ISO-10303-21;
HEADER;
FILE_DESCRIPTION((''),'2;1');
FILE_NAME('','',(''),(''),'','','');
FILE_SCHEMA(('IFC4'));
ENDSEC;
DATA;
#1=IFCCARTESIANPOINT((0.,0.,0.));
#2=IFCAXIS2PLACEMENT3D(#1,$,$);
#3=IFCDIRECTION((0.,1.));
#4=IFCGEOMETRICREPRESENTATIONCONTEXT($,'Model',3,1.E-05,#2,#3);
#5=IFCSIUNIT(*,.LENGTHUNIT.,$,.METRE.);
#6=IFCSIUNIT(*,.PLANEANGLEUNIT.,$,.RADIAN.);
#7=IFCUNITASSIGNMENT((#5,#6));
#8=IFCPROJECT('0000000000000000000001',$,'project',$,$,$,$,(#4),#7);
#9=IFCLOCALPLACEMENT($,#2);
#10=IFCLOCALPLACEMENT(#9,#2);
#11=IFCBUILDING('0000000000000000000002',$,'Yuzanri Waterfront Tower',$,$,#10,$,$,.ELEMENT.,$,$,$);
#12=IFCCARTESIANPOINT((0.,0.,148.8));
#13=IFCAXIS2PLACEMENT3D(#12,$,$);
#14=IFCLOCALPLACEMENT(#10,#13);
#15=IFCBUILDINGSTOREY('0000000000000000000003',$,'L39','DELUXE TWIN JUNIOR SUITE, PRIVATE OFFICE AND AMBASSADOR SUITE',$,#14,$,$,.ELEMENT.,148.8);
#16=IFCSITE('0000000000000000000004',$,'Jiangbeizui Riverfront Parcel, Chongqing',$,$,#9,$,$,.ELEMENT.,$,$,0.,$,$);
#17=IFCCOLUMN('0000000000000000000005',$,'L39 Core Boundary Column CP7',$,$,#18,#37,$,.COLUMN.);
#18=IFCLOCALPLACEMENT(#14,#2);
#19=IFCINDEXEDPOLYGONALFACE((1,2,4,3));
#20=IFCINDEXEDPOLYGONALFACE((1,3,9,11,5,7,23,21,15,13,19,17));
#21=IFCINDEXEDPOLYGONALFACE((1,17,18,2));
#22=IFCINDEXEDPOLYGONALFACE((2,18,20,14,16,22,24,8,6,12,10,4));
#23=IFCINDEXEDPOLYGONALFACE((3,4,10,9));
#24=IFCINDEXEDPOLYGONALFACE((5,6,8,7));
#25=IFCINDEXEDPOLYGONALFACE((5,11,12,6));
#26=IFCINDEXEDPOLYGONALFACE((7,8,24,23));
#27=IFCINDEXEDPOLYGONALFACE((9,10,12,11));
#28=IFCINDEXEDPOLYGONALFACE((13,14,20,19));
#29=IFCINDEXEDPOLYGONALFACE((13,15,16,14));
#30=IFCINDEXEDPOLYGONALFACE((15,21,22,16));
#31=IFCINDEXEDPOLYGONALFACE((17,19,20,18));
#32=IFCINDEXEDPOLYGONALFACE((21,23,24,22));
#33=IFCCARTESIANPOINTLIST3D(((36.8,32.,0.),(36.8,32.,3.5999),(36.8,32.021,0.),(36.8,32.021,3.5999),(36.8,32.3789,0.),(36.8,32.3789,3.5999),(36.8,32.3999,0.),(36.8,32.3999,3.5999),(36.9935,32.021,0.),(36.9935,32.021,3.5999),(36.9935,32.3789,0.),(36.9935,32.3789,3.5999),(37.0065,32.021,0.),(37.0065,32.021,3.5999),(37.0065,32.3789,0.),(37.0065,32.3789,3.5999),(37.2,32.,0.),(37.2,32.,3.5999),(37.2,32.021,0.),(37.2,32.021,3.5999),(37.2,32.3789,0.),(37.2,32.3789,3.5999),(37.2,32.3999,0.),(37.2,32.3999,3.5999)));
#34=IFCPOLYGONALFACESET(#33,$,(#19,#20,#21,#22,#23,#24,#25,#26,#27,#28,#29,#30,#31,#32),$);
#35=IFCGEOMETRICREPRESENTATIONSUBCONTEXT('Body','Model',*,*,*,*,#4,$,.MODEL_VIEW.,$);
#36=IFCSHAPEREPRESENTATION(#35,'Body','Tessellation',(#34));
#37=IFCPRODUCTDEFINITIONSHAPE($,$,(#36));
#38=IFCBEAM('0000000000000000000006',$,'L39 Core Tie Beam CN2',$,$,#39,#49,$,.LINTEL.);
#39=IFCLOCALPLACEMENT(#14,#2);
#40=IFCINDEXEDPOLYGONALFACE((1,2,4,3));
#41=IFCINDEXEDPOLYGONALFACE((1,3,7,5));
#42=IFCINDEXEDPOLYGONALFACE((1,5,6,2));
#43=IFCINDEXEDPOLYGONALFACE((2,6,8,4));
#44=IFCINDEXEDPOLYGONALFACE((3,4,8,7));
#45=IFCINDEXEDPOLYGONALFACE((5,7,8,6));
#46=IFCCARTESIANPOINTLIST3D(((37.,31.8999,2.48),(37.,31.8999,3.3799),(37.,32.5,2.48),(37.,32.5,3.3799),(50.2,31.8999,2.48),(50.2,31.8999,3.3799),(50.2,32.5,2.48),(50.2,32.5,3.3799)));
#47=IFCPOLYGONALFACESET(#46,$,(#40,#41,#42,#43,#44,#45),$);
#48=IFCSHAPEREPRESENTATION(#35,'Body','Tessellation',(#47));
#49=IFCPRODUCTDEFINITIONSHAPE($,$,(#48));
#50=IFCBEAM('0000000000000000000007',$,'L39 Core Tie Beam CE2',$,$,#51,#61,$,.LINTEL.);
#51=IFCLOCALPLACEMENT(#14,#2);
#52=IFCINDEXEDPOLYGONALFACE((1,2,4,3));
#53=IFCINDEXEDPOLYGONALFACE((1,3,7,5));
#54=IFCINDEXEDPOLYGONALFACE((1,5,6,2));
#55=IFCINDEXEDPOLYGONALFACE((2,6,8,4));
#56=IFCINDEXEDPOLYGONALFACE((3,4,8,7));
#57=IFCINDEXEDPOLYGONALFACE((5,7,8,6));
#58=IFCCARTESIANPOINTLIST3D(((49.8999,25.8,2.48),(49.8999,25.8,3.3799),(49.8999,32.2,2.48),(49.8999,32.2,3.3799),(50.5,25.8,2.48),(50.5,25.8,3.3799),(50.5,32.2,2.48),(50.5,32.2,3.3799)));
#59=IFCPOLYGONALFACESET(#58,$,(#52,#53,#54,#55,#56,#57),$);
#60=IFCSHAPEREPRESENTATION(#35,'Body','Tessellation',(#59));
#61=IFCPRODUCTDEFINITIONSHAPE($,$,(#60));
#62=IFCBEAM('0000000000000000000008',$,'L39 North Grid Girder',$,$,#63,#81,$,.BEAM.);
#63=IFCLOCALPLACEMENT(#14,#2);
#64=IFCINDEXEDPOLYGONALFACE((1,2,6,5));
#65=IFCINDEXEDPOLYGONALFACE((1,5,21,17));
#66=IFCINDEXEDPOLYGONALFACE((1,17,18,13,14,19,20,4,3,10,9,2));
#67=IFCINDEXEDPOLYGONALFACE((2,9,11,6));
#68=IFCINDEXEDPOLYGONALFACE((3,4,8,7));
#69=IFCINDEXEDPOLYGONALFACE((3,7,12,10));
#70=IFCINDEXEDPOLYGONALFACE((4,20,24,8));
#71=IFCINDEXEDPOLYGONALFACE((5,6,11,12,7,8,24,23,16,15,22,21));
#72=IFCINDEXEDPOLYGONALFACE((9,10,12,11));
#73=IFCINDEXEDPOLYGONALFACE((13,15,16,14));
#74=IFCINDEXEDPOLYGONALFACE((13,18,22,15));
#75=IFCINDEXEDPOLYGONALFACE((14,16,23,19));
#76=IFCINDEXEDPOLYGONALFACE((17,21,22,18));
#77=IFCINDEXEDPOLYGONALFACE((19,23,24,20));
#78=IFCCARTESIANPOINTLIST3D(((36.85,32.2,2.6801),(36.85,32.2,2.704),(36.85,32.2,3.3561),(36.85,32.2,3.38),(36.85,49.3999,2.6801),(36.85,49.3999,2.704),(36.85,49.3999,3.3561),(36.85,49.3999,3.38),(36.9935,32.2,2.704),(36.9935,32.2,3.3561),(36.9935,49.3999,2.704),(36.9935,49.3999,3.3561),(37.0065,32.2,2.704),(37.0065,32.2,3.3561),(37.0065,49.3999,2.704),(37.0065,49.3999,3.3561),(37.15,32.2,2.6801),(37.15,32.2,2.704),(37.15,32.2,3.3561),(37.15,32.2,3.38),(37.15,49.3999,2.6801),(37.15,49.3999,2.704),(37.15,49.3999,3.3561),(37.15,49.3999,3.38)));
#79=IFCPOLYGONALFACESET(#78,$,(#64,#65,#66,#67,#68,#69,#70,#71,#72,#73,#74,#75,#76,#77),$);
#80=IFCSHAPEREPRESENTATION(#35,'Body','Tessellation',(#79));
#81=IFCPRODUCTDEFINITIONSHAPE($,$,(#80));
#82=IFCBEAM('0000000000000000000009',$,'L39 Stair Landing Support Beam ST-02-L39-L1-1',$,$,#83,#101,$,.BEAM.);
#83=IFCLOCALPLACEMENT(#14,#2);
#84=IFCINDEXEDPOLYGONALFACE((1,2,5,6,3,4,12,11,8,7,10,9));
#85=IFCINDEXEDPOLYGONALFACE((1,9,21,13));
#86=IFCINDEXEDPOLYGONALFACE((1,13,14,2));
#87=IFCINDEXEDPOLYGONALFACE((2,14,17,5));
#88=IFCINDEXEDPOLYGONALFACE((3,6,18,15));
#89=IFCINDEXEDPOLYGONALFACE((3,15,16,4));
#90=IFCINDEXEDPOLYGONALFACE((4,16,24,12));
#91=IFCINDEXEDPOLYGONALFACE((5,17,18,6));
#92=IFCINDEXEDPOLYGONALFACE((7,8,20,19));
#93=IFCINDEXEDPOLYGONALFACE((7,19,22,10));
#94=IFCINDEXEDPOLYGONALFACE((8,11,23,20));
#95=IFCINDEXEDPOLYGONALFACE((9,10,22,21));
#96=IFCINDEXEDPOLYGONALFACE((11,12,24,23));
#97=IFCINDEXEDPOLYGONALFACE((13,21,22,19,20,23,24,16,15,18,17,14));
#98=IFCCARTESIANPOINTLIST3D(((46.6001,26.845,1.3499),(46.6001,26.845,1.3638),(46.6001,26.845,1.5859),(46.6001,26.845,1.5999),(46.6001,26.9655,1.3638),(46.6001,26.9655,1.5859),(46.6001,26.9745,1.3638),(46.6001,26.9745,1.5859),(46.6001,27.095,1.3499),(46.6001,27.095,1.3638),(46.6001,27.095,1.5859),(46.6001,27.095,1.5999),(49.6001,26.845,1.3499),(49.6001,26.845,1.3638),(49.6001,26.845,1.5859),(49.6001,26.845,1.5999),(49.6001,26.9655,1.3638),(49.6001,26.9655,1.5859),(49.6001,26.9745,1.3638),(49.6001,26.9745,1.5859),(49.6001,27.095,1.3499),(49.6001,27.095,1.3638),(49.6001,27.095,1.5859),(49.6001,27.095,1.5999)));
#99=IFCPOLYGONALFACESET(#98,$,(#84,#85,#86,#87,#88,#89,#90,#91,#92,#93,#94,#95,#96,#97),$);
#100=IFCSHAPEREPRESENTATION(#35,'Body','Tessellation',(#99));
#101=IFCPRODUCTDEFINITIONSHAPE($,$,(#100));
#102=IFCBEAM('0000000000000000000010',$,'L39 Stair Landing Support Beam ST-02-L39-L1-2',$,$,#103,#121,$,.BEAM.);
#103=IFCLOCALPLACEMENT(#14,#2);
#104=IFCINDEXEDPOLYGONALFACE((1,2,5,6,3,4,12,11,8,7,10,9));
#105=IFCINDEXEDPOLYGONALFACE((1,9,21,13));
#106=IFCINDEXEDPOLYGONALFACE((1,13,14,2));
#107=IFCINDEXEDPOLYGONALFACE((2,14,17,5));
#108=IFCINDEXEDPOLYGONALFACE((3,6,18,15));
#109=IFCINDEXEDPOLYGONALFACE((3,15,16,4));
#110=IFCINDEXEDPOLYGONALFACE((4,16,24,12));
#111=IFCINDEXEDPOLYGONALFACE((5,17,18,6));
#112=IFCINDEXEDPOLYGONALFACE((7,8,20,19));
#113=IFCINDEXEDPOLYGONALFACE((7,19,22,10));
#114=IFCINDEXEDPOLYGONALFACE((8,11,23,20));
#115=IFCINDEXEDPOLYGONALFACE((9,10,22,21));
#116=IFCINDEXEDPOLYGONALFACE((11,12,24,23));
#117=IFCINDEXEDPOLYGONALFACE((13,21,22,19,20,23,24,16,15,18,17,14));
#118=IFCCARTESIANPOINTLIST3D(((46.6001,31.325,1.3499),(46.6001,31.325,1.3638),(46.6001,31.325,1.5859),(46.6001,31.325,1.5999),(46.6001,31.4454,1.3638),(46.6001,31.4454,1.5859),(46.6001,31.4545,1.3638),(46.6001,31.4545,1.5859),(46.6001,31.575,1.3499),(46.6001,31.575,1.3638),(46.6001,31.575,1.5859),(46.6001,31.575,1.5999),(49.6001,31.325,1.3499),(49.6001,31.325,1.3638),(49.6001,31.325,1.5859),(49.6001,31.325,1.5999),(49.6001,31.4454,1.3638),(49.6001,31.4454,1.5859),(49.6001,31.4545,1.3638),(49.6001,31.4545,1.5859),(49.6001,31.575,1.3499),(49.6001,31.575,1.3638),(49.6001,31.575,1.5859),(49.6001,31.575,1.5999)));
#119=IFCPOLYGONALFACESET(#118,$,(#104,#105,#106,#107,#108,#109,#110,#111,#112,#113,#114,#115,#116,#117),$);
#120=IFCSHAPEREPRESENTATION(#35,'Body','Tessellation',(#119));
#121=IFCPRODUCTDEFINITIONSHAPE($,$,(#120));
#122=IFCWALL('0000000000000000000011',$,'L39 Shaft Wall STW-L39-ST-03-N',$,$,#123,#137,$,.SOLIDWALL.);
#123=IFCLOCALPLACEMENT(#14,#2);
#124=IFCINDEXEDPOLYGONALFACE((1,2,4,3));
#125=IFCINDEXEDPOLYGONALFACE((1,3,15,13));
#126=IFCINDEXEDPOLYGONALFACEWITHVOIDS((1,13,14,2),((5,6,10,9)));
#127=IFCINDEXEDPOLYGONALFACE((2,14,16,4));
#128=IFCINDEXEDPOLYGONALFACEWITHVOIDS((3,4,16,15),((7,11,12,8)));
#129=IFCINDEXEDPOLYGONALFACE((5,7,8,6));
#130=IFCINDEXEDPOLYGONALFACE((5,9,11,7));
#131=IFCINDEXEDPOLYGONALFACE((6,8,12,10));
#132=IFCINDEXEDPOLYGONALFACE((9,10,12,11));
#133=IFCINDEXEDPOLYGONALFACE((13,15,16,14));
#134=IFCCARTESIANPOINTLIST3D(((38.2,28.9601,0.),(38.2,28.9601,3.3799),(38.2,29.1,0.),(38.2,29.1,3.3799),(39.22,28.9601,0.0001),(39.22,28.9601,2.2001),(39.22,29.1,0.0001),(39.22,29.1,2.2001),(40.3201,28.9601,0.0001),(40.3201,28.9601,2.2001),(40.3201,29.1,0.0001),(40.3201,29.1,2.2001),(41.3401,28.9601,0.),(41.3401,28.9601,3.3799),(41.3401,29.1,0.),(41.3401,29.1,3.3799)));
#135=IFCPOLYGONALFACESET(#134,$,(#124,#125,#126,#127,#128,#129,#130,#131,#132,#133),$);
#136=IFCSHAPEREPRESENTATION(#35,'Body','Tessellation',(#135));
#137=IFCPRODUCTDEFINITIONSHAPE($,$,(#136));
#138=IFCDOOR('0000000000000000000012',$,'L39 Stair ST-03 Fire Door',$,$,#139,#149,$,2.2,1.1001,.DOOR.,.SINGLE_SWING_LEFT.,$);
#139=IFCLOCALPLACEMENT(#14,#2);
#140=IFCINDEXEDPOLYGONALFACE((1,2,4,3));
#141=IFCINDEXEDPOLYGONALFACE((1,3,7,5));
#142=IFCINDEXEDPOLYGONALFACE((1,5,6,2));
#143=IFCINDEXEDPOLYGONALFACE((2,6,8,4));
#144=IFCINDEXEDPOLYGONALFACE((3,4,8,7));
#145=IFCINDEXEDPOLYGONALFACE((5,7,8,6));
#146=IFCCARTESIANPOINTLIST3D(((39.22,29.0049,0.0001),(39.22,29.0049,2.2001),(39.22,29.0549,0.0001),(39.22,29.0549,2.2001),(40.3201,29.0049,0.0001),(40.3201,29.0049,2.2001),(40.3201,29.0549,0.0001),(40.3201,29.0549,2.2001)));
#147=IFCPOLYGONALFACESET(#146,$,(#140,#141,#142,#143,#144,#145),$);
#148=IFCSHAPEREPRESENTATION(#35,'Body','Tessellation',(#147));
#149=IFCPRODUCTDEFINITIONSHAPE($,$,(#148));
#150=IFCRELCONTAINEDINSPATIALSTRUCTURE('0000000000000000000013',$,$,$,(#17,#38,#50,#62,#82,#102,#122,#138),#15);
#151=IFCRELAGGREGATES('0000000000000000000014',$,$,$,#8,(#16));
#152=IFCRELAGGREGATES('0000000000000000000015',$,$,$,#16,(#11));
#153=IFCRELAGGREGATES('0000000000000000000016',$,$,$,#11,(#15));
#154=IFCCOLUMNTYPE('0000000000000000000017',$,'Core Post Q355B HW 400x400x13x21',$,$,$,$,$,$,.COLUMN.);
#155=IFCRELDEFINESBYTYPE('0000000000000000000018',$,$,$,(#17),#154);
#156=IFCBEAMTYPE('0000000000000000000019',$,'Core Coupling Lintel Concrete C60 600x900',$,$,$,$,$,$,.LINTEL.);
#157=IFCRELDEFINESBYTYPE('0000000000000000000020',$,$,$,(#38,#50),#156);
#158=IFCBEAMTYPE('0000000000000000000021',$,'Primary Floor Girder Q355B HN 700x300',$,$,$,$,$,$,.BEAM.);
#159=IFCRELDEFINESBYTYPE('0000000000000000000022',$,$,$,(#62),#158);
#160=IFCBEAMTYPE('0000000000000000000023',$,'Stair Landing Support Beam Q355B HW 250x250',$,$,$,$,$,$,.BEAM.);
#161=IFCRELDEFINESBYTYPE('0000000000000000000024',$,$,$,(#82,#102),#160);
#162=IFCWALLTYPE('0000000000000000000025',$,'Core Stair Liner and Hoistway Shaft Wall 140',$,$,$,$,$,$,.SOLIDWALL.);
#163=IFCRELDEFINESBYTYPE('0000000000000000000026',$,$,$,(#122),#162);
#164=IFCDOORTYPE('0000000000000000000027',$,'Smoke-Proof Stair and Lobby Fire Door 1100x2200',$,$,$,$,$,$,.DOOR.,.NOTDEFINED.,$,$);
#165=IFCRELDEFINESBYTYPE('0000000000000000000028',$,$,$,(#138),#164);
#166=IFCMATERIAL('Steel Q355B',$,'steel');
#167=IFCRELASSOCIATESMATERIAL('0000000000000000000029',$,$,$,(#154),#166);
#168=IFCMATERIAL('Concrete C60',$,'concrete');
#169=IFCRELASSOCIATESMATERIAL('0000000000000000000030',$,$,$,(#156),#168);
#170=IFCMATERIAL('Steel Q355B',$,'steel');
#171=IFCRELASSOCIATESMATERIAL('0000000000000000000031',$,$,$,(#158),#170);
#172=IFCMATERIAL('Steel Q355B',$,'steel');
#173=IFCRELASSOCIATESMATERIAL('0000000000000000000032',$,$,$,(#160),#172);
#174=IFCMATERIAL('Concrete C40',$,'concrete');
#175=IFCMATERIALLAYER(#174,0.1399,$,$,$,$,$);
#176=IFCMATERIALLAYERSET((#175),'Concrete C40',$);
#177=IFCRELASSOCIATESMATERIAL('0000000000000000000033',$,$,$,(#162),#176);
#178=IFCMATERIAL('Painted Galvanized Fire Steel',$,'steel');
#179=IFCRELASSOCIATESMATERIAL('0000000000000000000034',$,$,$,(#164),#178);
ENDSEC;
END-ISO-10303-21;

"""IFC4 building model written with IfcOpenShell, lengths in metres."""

from ifc_helpers import new_model, si_unit, direction, frame, frame_2d, origin, origin_2d, place, context, subcontext, project, spatial, rectangle, i_section, extrude, source, transform, mapped, material, layer, layer_set, material_profile, profile_set, type_object, element, fill, save


model = new_model("IFC4")

# Units and contexts
model_context = context("Model", 3, precision=1e-05, world=origin(), true_north=direction((0.0, 1.0)))
body_context = subcontext(model_context, "Body", "Model", "MODEL_VIEW")
ifc_project = project(units=[si_unit("LENGTHUNIT", "METRE"), si_unit("PLANEANGLEUNIT", "RADIAN")], contexts=[model_context])

# Site, building, storey
site_placement = place(None, origin())
site = spatial("IfcSite", under=ifc_project, at=site_placement, Name="Jiangbeizui Riverfront Parcel, Chongqing", CompositionType="ELEMENT", RefElevation=0.0)
building_placement = place(site_placement, origin())
building = spatial("IfcBuilding", under=site, at=building_placement, Name="Yuzanri Waterfront Tower", CompositionType="ELEMENT")
storey_placement = place(building_placement, frame((0.0, 0.0, 148.8)))
storey = spatial("IfcBuildingStorey", under=building, at=storey_placement, Name="L39", Description="DELUXE TWIN JUNIOR SUITE, PRIVATE OFFICE AND AMBASSADOR SUITE", CompositionType="ELEMENT", Elevation=148.8)

# Column
ifc_material_1 = material(Name="Steel Q355B", Category="steel")
ifc_material_profile_1 = material_profile(ifc_material_1, i_section(OverallWidth=0.3999, OverallDepth=0.3999, WebThickness=0.0129, FlangeThickness=0.021, at=origin_2d()), Name="HW 400x400x13x21")
ifc_profile_set_1 = profile_set([ifc_material_profile_1], Name="Steel Q355B")
column_type = type_object("IfcColumnType", Name="Core Post Q355B HW 400x400x13x21", PredefinedType="COLUMN", material=ifc_profile_set_1)
shared_shape_1 = source(origin(), body_context, "Body", "SweptSolid", [
    extrude(i_section(OverallWidth=0.3999, OverallDepth=0.3999, WebThickness=0.0129, FlangeThickness=0.021, at=origin_2d()), origin(), (0.0, 0.0, 1.0), 3.5999),
])
column_placement = place(storey_placement, frame((37.0, 32.2, 0.0), z_axis=(0.0, 0.0, 1.0), x_axis=(1.0, 0.0, 0.0)))
element("IfcColumn", 1, at=column_placement, inside=storey, type_object=column_type, Name="L39 Core Boundary Column CP7", PredefinedType="COLUMN", context=body_context, shape_type="MappedRepresentation", body=[
    mapped(shared_shape_1, transform((0.0, 0.0, 0.0), scale=1.0)),
])

# Beams
ifc_material_2 = material(Name="Concrete C60", Category="concrete")
ifc_material_profile_2 = material_profile(ifc_material_2, rectangle(XDim=0.6001, YDim=0.8999, at=origin_2d()), Name="RC 600x900")
ifc_profile_set_2 = profile_set([ifc_material_profile_2], Name="Concrete C60")
beam_type_1 = type_object("IfcBeamType", Name="Core Coupling Lintel Concrete C60 600x900", PredefinedType="LINTEL", material=ifc_profile_set_2)
shared_shape_2 = source(origin(), body_context, "Body", "SweptSolid", [
    extrude(rectangle(XDim=0.6001, YDim=0.8999, at=origin_2d()), origin(), (0.0, 0.0, 1.0), 13.2),
])
beam_1_placement = place(storey_placement, frame((37.0, 32.2, 2.9299), z_axis=(1.0, 0.0, 0.0), x_axis=(0.0, 1.0, 0.0)))
element("IfcBeam", 2, at=beam_1_placement, inside=storey, type_object=beam_type_1, Name="L39 Core Tie Beam CN2", PredefinedType="LINTEL", context=body_context, shape_type="MappedRepresentation", body=[
    mapped(shared_shape_2, transform((0.0, 0.0, 0.0), scale=1.0)),
])
shared_shape_3 = source(origin(), body_context, "Body", "SweptSolid", [
    extrude(rectangle(XDim=0.6001, YDim=0.8999, at=origin_2d()), origin(), (0.0, 0.0, 1.0), 6.3999),
])
beam_2_placement = place(storey_placement, frame((50.2, 25.8, 2.9299), z_axis=(0.0, 1.0, 0.0), x_axis=(-1.0, 0.0, 0.0)))
element("IfcBeam", 3, at=beam_2_placement, inside=storey, type_object=beam_type_1, Name="L39 Core Tie Beam CE2", PredefinedType="LINTEL", context=body_context, shape_type="MappedRepresentation", body=[
    mapped(shared_shape_3, transform((0.0, 0.0, 0.0), scale=1.0)),
])
ifc_material_3 = material(Name="Steel Q355B", Category="steel")
ifc_material_profile_3 = material_profile(ifc_material_3, i_section(OverallWidth=0.3, OverallDepth=0.7, WebThickness=0.0129, FlangeThickness=0.0239, at=origin_2d()), Name="HN 700x300x13x24")
ifc_profile_set_3 = profile_set([ifc_material_profile_3], Name="Steel Q355B")
beam_type_2 = type_object("IfcBeamType", Name="Primary Floor Girder Q355B HN 700x300", PredefinedType="BEAM", material=ifc_profile_set_3)
shared_shape_4 = source(origin(), body_context, "Body", "SweptSolid", [
    extrude(i_section(OverallWidth=0.3, OverallDepth=0.7, WebThickness=0.0129, FlangeThickness=0.0239, at=origin_2d()), origin(), (0.0, 0.0, 1.0), 17.2),
])
beam_3_placement = place(storey_placement, frame((37.0, 32.2, 3.03), z_axis=(0.0, 1.0, 0.0), x_axis=(-1.0, 0.0, 0.0)))
element("IfcBeam", 4, at=beam_3_placement, inside=storey, type_object=beam_type_2, Name="L39 North Grid Girder", PredefinedType="BEAM", context=body_context, shape_type="MappedRepresentation", body=[
    mapped(shared_shape_4, transform((0.0, 0.0, 0.0), scale=1.0)),
])
ifc_material_4 = material(Name="Steel Q355B", Category="steel")
ifc_material_profile_4 = material_profile(ifc_material_4, i_section(OverallWidth=0.25, OverallDepth=0.25, WebThickness=0.009, FlangeThickness=0.0139, at=origin_2d()), Name="HW 250x250x9x14")
ifc_profile_set_4 = profile_set([ifc_material_profile_4], Name="Steel Q355B")
beam_type_3 = type_object("IfcBeamType", Name="Stair Landing Support Beam Q355B HW 250x250", PredefinedType="BEAM", material=ifc_profile_set_4)
shared_shape_5 = source(origin(), body_context, "Body", "SweptSolid", [
    extrude(i_section(OverallWidth=0.25, OverallDepth=0.25, WebThickness=0.009, FlangeThickness=0.0139, at=origin_2d()), origin(), (0.0, 0.0, 1.0), 3.0),
])
for number, where, z_axis, x_axis, name in (
    (5, (46.6001, 26.97, 1.4749), (1.0, 0.0, 0.0), (0.0, 1.0, 0.0), "L39 Stair Landing Support Beam ST-02-L39-L1-1"),
    (6, (46.6001, 31.45, 1.4749), (1.0, 0.0, 0.0), (0.0, 1.0, 0.0), "L39 Stair Landing Support Beam ST-02-L39-L1-2"),
):
    element("IfcBeam", number, at=place(storey_placement, frame(where, z_axis=z_axis, x_axis=x_axis)), inside=storey, type_object=beam_type_3, Name=name, PredefinedType="BEAM", context=body_context, shape_type="MappedRepresentation", body=[
        mapped(shared_shape_5, transform((0.0, 0.0, 0.0), scale=1.0)),
    ])

# Wall, opening, door
ifc_material_5 = material(Name="Concrete C40", Category="concrete")
ifc_layer_1 = layer(ifc_material_5, 0.1399)
ifc_layer_set_1 = layer_set([ifc_layer_1], Name="Concrete C40")
wall_type_1 = type_object("IfcWallType", Name="Core Stair Liner and Hoistway Shaft Wall 140", PredefinedType="SOLIDWALL", material=ifc_layer_set_1)
wall_1_placement = place(storey_placement, frame((38.2, 29.03, 0.0), z_axis=(0.0, 0.0, 1.0), x_axis=(1.0, 0.0, 0.0)))
wall_1 = element("IfcWall", 7, at=wall_1_placement, inside=storey, type_object=wall_type_1, Name="L39 Shaft Wall STW-L39-ST-03-N", PredefinedType="SOLIDWALL", context=body_context, shape_type="SweptSolid", body=[
    extrude(rectangle(XDim=3.1401, YDim=0.1399, at=frame_2d((1.5701, 0.0))), origin(), (0.0, 0.0, 1.0), 3.3799),
])
opening_1_placement = place(wall_1_placement, frame((1.02, 0.0, 0.0)))
opening_1 = element("IfcOpeningElement", 8, at=opening_1_placement, cuts=wall_1, PredefinedType="OPENING", context=body_context, shape_type="SweptSolid", body=[
    extrude(rectangle(XDim=1.1001, YDim=2.2, at=frame_2d((0.55, 1.1001))), frame((0.0, 0.085, 0.0), z_axis=(0.0, -1.0, 0.0), x_axis=(1.0, 0.0, 0.0)), (0.0, 0.0, 1.0), 0.1697),
])
ifc_material_6 = material(Name="Painted Galvanized Fire Steel", Category="steel")
door_type_1 = type_object("IfcDoorType", Name="Smoke-Proof Stair and Lobby Fire Door 1100x2200", OperationType="NOTDEFINED", PredefinedType="DOOR", material=ifc_material_6)
shared_shape_6 = source(origin(), body_context, "Body", "SweptSolid", [
    extrude(rectangle(XDim=1.1001, YDim=2.2, at=frame_2d((0.55, 1.1001))), frame((0.0, 0.0249, 0.0), z_axis=(0.0, -1.0, 0.0), x_axis=(1.0, 0.0, 0.0)), (0.0, 0.0, 1.0), 0.05),
])
door_1_placement = place(opening_1_placement, origin())
door_1 = element("IfcDoor", 9, at=door_1_placement, inside=storey, type_object=door_type_1, Name="L39 Stair ST-03 Fire Door", OperationType="SINGLE_SWING_LEFT", OverallHeight=2.2, OverallWidth=1.1001, PredefinedType="DOOR", context=body_context, shape_type="MappedRepresentation", body=[
    mapped(shared_shape_6, transform((0.0, 0.0, 0.0), scale=1.0)),
])
fill(opening_1, door_1)

save(model, "model.ifc")
